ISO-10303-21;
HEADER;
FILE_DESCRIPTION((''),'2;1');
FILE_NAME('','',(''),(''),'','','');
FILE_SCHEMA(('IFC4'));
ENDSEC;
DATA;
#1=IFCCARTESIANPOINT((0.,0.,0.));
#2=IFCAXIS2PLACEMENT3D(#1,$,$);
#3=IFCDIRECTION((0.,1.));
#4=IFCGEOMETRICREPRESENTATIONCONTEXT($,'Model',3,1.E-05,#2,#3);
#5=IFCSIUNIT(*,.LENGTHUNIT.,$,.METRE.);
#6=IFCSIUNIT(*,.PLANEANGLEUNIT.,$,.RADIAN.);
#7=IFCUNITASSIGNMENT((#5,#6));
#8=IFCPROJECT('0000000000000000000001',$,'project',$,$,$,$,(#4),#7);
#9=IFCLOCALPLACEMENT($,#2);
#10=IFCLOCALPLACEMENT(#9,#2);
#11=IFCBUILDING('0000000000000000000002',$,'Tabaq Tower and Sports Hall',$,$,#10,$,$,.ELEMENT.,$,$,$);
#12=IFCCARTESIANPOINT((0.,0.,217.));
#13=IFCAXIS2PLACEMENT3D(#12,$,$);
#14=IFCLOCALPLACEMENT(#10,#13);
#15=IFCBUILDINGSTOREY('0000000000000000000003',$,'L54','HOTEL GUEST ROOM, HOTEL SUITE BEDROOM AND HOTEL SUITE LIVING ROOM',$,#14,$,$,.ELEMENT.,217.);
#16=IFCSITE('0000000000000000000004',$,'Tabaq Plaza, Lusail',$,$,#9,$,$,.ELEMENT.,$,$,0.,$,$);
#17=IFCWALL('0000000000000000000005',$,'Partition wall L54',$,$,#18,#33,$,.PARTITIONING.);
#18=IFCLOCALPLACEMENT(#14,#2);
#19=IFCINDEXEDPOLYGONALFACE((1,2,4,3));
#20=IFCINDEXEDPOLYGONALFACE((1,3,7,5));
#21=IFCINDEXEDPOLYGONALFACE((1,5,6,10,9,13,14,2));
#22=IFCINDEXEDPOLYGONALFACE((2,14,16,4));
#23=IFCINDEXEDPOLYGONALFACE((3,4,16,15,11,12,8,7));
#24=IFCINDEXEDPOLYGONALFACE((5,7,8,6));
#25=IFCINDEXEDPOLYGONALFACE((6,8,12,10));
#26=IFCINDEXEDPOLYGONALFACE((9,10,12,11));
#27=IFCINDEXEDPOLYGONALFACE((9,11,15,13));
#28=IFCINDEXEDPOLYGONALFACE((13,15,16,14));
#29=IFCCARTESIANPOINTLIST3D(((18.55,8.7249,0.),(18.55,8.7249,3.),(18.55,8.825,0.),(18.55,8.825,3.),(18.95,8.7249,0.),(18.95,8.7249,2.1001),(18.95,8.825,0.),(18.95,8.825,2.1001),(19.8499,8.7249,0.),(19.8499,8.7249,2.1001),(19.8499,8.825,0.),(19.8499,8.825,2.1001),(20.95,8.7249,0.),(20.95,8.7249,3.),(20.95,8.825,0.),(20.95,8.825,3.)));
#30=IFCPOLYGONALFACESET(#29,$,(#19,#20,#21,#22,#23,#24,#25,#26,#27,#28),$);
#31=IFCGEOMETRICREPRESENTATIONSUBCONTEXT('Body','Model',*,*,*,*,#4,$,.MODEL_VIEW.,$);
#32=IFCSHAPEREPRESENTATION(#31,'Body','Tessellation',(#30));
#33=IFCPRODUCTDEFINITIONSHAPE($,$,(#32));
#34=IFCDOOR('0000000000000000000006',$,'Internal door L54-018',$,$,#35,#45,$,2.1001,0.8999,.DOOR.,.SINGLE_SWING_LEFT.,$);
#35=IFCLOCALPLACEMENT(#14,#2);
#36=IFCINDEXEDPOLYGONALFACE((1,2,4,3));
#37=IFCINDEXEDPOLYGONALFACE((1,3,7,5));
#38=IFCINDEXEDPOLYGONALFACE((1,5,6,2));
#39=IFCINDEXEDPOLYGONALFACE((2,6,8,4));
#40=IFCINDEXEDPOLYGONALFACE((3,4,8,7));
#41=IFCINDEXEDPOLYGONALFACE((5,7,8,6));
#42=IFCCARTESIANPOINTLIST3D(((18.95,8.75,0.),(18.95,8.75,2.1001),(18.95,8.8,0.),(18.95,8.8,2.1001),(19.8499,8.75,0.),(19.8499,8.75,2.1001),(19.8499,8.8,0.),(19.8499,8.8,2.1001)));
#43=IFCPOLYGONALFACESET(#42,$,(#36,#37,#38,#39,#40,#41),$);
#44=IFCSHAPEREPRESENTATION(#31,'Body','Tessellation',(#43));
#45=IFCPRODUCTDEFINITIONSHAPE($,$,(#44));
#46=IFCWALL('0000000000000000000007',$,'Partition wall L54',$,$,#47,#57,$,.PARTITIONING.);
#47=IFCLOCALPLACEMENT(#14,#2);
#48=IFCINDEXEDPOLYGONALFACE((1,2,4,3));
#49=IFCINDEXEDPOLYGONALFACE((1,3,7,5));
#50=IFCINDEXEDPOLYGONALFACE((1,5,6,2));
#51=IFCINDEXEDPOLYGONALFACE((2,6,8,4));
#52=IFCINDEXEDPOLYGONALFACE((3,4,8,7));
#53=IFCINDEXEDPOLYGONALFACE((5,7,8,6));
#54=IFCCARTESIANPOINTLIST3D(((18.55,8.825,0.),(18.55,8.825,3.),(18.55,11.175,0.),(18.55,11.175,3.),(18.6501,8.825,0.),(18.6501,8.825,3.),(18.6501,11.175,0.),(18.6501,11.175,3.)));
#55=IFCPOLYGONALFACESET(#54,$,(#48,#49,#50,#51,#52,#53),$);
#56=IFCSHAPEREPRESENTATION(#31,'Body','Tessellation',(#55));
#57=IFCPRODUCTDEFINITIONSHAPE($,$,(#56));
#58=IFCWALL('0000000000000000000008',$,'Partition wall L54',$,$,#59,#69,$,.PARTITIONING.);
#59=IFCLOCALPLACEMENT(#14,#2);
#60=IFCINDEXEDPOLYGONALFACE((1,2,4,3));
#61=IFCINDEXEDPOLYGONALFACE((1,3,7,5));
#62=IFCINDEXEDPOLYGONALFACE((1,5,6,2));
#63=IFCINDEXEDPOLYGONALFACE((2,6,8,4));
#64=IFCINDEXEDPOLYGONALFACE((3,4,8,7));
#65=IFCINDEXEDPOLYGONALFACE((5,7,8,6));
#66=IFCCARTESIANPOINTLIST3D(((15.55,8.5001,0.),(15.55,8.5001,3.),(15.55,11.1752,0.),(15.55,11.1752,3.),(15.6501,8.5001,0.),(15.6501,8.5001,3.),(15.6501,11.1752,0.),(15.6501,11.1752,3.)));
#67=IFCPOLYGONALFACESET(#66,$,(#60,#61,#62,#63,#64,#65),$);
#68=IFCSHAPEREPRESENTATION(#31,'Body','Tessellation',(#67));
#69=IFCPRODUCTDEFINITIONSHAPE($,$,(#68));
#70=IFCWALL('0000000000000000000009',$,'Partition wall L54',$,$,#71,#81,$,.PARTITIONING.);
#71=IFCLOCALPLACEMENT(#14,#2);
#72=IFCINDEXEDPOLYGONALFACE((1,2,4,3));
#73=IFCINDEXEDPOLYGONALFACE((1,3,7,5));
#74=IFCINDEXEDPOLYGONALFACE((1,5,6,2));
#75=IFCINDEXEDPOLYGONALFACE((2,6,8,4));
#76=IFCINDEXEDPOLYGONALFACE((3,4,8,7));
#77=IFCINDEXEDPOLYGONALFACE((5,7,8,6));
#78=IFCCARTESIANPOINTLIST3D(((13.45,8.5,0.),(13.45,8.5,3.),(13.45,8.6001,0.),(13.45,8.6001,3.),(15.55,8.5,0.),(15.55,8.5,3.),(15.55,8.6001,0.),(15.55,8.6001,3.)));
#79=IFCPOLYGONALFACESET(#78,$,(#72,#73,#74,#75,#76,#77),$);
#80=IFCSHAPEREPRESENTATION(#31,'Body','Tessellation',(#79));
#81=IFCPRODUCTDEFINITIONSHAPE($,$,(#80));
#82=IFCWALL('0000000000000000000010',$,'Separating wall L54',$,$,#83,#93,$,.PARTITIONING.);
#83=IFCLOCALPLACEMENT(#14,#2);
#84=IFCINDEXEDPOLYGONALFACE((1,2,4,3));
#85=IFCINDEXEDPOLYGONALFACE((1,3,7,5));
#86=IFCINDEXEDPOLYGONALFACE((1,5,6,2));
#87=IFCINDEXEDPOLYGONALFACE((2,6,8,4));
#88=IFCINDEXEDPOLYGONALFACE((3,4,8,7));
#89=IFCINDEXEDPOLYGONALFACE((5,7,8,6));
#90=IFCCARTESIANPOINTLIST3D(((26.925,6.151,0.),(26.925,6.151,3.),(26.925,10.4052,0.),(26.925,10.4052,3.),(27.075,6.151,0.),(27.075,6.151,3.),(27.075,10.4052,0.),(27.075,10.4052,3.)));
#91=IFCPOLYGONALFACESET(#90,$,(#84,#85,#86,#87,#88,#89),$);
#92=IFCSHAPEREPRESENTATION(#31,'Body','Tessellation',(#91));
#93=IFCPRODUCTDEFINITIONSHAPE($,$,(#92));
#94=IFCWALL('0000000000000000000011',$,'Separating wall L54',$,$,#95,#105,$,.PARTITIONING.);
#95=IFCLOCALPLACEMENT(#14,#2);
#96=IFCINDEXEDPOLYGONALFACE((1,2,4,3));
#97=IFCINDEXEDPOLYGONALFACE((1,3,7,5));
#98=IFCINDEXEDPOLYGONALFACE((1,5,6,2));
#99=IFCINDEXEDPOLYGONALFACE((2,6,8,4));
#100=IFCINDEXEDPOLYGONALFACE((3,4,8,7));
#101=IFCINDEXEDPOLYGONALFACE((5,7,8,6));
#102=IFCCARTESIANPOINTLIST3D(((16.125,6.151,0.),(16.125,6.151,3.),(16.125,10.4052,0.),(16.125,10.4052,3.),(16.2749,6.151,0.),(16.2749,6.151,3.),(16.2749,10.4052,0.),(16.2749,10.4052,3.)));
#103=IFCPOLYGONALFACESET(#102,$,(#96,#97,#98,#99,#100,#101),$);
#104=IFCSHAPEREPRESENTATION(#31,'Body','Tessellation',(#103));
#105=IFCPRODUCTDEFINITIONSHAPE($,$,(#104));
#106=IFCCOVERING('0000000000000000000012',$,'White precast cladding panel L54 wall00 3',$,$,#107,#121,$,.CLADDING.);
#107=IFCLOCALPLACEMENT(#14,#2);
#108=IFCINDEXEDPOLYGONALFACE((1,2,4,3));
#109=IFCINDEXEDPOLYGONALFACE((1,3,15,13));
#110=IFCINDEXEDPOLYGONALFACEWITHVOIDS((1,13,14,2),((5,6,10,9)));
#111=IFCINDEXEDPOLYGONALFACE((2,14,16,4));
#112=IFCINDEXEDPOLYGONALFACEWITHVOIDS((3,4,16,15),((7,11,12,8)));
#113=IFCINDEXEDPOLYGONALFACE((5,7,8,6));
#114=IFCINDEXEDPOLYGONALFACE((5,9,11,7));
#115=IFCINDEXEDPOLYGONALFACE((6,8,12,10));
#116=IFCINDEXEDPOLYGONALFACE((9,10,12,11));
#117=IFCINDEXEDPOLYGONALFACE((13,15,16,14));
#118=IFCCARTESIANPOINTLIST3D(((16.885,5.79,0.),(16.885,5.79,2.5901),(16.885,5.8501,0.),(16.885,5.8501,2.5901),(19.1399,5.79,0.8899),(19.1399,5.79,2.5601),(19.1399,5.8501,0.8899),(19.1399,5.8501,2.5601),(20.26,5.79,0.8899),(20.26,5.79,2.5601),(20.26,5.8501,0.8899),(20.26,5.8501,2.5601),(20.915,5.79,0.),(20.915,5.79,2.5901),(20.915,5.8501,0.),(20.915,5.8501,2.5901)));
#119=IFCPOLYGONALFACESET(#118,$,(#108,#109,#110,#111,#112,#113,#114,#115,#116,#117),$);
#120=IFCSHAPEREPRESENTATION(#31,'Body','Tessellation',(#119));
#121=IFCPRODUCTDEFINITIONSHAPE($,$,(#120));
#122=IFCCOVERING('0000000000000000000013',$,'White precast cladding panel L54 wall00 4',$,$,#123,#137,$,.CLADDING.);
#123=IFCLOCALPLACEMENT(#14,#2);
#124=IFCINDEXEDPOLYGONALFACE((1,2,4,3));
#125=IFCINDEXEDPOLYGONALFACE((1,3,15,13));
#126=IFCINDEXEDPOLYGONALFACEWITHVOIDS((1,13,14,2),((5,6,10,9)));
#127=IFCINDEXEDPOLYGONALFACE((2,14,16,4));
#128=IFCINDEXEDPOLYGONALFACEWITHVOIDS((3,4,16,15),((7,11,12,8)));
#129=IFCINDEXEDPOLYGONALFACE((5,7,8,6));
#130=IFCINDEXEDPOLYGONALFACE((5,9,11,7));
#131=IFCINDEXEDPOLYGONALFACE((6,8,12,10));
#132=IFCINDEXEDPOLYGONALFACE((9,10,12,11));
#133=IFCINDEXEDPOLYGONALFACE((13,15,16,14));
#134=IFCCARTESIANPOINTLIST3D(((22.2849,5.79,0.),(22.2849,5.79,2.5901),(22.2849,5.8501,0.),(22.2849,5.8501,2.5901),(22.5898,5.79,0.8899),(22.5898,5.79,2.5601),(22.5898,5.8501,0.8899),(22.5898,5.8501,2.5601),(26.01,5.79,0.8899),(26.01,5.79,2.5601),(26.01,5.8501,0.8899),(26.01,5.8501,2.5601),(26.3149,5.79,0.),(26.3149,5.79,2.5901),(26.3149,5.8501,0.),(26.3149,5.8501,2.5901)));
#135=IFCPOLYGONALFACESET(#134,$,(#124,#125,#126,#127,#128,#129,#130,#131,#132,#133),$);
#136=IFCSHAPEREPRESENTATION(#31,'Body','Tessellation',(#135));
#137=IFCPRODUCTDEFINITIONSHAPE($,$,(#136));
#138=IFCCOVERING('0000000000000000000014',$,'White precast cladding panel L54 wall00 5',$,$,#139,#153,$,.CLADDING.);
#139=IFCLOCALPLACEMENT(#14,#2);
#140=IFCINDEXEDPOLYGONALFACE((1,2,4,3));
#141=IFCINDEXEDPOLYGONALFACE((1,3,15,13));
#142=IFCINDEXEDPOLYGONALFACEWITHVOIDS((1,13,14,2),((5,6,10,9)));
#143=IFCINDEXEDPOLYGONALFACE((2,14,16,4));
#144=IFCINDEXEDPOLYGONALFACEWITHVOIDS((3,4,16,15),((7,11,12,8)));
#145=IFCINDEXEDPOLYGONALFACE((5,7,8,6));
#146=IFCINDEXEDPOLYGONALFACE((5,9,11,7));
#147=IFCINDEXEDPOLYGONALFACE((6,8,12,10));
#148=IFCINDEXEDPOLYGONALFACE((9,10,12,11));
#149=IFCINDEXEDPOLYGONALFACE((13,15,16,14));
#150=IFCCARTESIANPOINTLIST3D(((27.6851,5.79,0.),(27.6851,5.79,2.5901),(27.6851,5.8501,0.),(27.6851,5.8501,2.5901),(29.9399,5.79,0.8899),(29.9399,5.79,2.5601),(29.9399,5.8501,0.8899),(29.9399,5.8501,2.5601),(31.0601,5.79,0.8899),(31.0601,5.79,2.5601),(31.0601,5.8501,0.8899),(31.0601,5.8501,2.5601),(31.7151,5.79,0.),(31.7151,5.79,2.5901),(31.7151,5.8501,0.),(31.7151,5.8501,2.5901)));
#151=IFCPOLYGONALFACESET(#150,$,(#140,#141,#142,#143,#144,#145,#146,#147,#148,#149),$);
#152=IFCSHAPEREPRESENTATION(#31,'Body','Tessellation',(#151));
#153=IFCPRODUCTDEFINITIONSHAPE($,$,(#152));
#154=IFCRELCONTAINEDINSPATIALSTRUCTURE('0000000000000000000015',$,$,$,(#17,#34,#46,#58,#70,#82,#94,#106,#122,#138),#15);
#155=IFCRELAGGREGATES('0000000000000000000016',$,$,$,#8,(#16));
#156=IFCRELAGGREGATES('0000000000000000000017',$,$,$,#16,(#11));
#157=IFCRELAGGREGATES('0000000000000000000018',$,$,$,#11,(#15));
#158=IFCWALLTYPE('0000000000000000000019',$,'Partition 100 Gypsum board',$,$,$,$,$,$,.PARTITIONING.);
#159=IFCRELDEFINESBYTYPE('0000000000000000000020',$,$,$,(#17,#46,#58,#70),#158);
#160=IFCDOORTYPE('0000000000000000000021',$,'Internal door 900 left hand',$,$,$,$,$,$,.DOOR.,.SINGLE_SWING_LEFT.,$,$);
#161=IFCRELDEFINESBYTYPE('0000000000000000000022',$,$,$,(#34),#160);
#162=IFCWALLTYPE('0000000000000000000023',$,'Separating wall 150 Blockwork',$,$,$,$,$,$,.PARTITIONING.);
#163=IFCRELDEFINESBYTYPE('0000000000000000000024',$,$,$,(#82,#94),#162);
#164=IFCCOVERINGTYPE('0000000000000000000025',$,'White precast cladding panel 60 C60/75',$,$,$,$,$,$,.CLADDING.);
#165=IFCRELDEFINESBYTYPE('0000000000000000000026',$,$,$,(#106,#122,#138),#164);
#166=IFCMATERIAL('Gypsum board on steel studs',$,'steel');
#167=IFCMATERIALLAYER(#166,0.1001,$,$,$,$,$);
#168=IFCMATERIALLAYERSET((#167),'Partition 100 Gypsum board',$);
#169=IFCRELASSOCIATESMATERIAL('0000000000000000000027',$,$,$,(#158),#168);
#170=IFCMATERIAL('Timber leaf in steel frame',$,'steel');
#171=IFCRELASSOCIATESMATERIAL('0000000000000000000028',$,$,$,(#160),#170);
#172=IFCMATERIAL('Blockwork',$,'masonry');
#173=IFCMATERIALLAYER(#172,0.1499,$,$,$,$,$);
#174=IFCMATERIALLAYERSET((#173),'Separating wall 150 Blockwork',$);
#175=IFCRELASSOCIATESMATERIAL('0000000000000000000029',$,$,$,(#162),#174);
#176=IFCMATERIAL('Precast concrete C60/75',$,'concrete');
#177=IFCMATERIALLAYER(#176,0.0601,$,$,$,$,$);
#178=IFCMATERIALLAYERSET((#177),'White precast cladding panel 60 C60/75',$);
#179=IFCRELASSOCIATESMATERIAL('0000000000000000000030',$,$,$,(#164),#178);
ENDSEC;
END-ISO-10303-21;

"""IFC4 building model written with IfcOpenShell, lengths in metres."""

from ifc_helpers import new_model, si_unit, direction, frame, frame_2d, origin, place, context, subcontext, project, spatial, polyline, rectangle, outline, extrude, material, layer, layer_set, type_object, element, fill, save


model = new_model("IFC4")

# Units and contexts
model_context = context("Model", 3, precision=1e-05, world=origin(), true_north=direction((0.0, 1.0)))
body_context = subcontext(model_context, "Body", "Model", "MODEL_VIEW")
ifc_project = project(units=[si_unit("LENGTHUNIT", "METRE"), si_unit("PLANEANGLEUNIT", "RADIAN")], contexts=[model_context])

# Site, building, storey
site_placement = place(None, origin())
site = spatial("IfcSite", under=ifc_project, at=site_placement, Name="Tabaq Plaza, Lusail", CompositionType="ELEMENT", RefElevation=0.0)
building_placement = place(site_placement, origin())
building = spatial("IfcBuilding", under=site, at=building_placement, Name="Tabaq Tower and Sports Hall", CompositionType="ELEMENT")
storey_placement = place(building_placement, frame((0.0, 0.0, 217.0)))
storey = spatial("IfcBuildingStorey", under=building, at=storey_placement, Name="L54", Description="HOTEL GUEST ROOM, HOTEL SUITE BEDROOM AND HOTEL SUITE LIVING ROOM", CompositionType="ELEMENT", Elevation=217.0)

# Wall, opening, door
ifc_material_1 = material(Name="Gypsum board on steel studs", Category="steel")
ifc_layer_1 = layer(ifc_material_1, 0.1001)
ifc_layer_set_1 = layer_set([ifc_layer_1], Name="Partition 100 Gypsum board")
wall_type_1 = type_object("IfcWallType", Name="Partition 100 Gypsum board", PredefinedType="PARTITIONING", material=ifc_layer_set_1)
wall_1_placement = place(storey_placement, frame((20.95, 8.7749, 0.0), z_axis=(0.0, 0.0, 1.0), x_axis=(-1.0, 0.0, 0.0)))
wall_1 = element("IfcWall", 1, at=wall_1_placement, inside=storey, type_object=wall_type_1, Name="Partition wall L54", PredefinedType="PARTITIONING", context=body_context, shape_type="SweptSolid", body=[
    extrude(rectangle(XDim=2.3999, YDim=0.1001, at=frame_2d((1.2, 0.0))), origin(), (0.0, 0.0, 1.0), 3.0),
])
opening_1_placement = place(wall_1_placement, frame((1.1001, 0.0, 0.0)))
opening_1 = element("IfcOpeningElement", 2, at=opening_1_placement, cuts=wall_1, PredefinedType="OPENING", context=body_context, shape_type="SweptSolid", body=[
    extrude(rectangle(XDim=0.8999, YDim=2.1001, at=frame_2d((0.45, 1.05))), frame((0.0, 0.05, 0.0), z_axis=(0.0, -1.0, 0.0), x_axis=(1.0, 0.0, 0.0)), (0.0, 0.0, 1.0), 0.1001),
])
ifc_material_2 = material(Name="Timber leaf in steel frame", Category="steel")
door_type_1 = type_object("IfcDoorType", Name="Internal door 900 left hand", OperationType="SINGLE_SWING_LEFT", PredefinedType="DOOR", material=ifc_material_2)
door_1_placement = place(opening_1_placement, origin())
door_1 = element("IfcDoor", 3, at=door_1_placement, inside=storey, type_object=door_type_1, Name="Internal door L54-018", OperationType="SINGLE_SWING_LEFT", OverallHeight=2.1001, OverallWidth=0.8999, PredefinedType="DOOR", context=body_context, shape_type="SweptSolid", body=[
    extrude(rectangle(XDim=0.8999, YDim=2.1001, at=frame_2d((0.45, 1.05))), frame((0.0, 0.0249, 0.0), z_axis=(0.0, -1.0, 0.0), x_axis=(1.0, 0.0, 0.0)), (0.0, 0.0, 1.0), 0.05),
])
fill(opening_1, door_1)

# Walls
wall_2_placement = place(storey_placement, frame((18.6001, 8.825, 0.0), z_axis=(0.0, 0.0, 1.0), x_axis=(0.0, 1.0, 0.0)))
element("IfcWall", 4, at=wall_2_placement, inside=storey, type_object=wall_type_1, Name="Partition wall L54", PredefinedType="PARTITIONING", context=body_context, shape_type="SweptSolid", body=[
    extrude(rectangle(XDim=2.3501, YDim=0.1001, at=frame_2d((1.175, 0.0))), origin(), (0.0, 0.0, 1.0), 3.0),
])
wall_3_placement = place(storey_placement, frame((15.6001, 11.175, 0.0), z_axis=(0.0, 0.0, 1.0), x_axis=(0.0, -1.0, 0.0)))
element("IfcWall", 5, at=wall_3_placement, inside=storey, type_object=wall_type_1, Name="Partition wall L54", PredefinedType="PARTITIONING", context=body_context, shape_type="SweptSolid", body=[
    extrude(rectangle(XDim=2.675, YDim=0.1001, at=frame_2d((1.3374, 0.0))), origin(), (0.0, 0.0, 1.0), 3.0),
])
wall_4_placement = place(storey_placement, frame((15.55, 8.55, 0.0), z_axis=(0.0, 0.0, 1.0), x_axis=(-1.0, 0.0, 0.0)))
element("IfcWall", 6, at=wall_4_placement, inside=storey, type_object=wall_type_1, Name="Partition wall L54", PredefinedType="PARTITIONING", context=body_context, shape_type="SweptSolid", body=[
    extrude(rectangle(XDim=2.1001, YDim=0.1001, at=frame_2d((1.05, 0.0))), origin(), (0.0, 0.0, 1.0), 3.0),
])
ifc_material_3 = material(Name="Blockwork", Category="masonry")
ifc_layer_2 = layer(ifc_material_3, 0.1499)
ifc_layer_set_2 = layer_set([ifc_layer_2], Name="Separating wall 150 Blockwork")
wall_type_2 = type_object("IfcWallType", Name="Separating wall 150 Blockwork", PredefinedType="PARTITIONING", material=ifc_layer_set_2)
for number, where, z_axis, x_axis, name in (
    (7, (27.0, 10.405, 0.0), (0.0, 0.0, 1.0), (0.0, -1.0, 0.0), "Separating wall L54"),
    (8, (16.2, 10.405, 0.0), (0.0, 0.0, 1.0), (0.0, -1.0, 0.0), "Separating wall L54"),
):
    element("IfcWall", number, at=place(storey_placement, frame(where, z_axis=z_axis, x_axis=x_axis)), inside=storey, type_object=wall_type_2, Name=name, PredefinedType="PARTITIONING", context=body_context, shape_type="SweptSolid", body=[
        extrude(rectangle(XDim=4.2542, YDim=0.1499, at=frame_2d((2.127, 0.0))), origin(), (0.0, 0.0, 1.0), 3.0),
    ])

# Coverings
ifc_material_4 = material(Name="Precast concrete C60/75", Category="concrete")
ifc_layer_3 = layer(ifc_material_4, 0.0601)
ifc_layer_set_3 = layer_set([ifc_layer_3], Name="White precast cladding panel 60 C60/75")
covering_type = type_object("IfcCoveringType", Name="White precast cladding panel 60 C60/75", PredefinedType="CLADDING", material=ifc_layer_set_3)
covering_1_placement = place(storey_placement, frame((16.885, 5.8201, 0.0), z_axis=(0.0, 0.0, 1.0), x_axis=(1.0, 0.0, 0.0)))
element("IfcCovering", 9, at=covering_1_placement, inside=storey, type_object=covering_type, Name="White precast cladding panel L54 wall00 3", PredefinedType="CLADDING", context=body_context, shape_type="SweptSolid", body=[
    extrude(outline(polyline([(0.0, 0.0), (4.03, 0.0), (4.03, 2.5901), (0.0, 2.5901), (0.0, 0.0)]), holes=[polyline([(3.375, 0.8899), (2.2549, 0.8899), (2.2549, 2.5601), (3.375, 2.5601), (3.375, 0.8899)])]), frame((0.0, 0.03, 0.0), z_axis=(0.0, -1.0, 0.0), x_axis=(1.0, 0.0, 0.0)), (0.0, 0.0, 1.0), 0.0601),
])
covering_2_placement = place(storey_placement, frame((22.2849, 5.8201, 0.0), z_axis=(0.0, 0.0, 1.0), x_axis=(1.0, 0.0, 0.0)))
element("IfcCovering", 10, at=covering_2_placement, inside=storey, type_object=covering_type, Name="White precast cladding panel L54 wall00 4", PredefinedType="CLADDING", context=body_context, shape_type="SweptSolid", body=[
    extrude(outline(polyline([(0.0, 0.0), (4.03, 0.0), (4.03, 2.5901), (0.0, 2.5901), (0.0, 0.0)]), holes=[polyline([(3.7251, 0.8899), (0.3049, 0.8899), (0.3049, 2.5601), (3.7251, 2.5601), (3.7251, 0.8899)])]), frame((0.0, 0.03, 0.0), z_axis=(0.0, -1.0, 0.0), x_axis=(1.0, 0.0, 0.0)), (0.0, 0.0, 1.0), 0.0601),
])
covering_3_placement = place(storey_placement, frame((27.6851, 5.8201, 0.0), z_axis=(0.0, 0.0, 1.0), x_axis=(1.0, 0.0, 0.0)))
element("IfcCovering", 11, at=covering_3_placement, inside=storey, type_object=covering_type, Name="White precast cladding panel L54 wall00 5", PredefinedType="CLADDING", context=body_context, shape_type="SweptSolid", body=[
    extrude(outline(polyline([(0.0, 0.0), (4.03, 0.0), (4.03, 2.5901), (0.0, 2.5901), (0.0, 0.0)]), holes=[polyline([(3.375, 0.8899), (2.2549, 0.8899), (2.2549, 2.5601), (3.375, 2.5601), (3.375, 0.8899)])]), frame((0.0, 0.03, 0.0), z_axis=(0.0, -1.0, 0.0), x_axis=(1.0, 0.0, 0.0)), (0.0, 0.0, 1.0), 0.0601),
])

save(model, "model.ifc")
